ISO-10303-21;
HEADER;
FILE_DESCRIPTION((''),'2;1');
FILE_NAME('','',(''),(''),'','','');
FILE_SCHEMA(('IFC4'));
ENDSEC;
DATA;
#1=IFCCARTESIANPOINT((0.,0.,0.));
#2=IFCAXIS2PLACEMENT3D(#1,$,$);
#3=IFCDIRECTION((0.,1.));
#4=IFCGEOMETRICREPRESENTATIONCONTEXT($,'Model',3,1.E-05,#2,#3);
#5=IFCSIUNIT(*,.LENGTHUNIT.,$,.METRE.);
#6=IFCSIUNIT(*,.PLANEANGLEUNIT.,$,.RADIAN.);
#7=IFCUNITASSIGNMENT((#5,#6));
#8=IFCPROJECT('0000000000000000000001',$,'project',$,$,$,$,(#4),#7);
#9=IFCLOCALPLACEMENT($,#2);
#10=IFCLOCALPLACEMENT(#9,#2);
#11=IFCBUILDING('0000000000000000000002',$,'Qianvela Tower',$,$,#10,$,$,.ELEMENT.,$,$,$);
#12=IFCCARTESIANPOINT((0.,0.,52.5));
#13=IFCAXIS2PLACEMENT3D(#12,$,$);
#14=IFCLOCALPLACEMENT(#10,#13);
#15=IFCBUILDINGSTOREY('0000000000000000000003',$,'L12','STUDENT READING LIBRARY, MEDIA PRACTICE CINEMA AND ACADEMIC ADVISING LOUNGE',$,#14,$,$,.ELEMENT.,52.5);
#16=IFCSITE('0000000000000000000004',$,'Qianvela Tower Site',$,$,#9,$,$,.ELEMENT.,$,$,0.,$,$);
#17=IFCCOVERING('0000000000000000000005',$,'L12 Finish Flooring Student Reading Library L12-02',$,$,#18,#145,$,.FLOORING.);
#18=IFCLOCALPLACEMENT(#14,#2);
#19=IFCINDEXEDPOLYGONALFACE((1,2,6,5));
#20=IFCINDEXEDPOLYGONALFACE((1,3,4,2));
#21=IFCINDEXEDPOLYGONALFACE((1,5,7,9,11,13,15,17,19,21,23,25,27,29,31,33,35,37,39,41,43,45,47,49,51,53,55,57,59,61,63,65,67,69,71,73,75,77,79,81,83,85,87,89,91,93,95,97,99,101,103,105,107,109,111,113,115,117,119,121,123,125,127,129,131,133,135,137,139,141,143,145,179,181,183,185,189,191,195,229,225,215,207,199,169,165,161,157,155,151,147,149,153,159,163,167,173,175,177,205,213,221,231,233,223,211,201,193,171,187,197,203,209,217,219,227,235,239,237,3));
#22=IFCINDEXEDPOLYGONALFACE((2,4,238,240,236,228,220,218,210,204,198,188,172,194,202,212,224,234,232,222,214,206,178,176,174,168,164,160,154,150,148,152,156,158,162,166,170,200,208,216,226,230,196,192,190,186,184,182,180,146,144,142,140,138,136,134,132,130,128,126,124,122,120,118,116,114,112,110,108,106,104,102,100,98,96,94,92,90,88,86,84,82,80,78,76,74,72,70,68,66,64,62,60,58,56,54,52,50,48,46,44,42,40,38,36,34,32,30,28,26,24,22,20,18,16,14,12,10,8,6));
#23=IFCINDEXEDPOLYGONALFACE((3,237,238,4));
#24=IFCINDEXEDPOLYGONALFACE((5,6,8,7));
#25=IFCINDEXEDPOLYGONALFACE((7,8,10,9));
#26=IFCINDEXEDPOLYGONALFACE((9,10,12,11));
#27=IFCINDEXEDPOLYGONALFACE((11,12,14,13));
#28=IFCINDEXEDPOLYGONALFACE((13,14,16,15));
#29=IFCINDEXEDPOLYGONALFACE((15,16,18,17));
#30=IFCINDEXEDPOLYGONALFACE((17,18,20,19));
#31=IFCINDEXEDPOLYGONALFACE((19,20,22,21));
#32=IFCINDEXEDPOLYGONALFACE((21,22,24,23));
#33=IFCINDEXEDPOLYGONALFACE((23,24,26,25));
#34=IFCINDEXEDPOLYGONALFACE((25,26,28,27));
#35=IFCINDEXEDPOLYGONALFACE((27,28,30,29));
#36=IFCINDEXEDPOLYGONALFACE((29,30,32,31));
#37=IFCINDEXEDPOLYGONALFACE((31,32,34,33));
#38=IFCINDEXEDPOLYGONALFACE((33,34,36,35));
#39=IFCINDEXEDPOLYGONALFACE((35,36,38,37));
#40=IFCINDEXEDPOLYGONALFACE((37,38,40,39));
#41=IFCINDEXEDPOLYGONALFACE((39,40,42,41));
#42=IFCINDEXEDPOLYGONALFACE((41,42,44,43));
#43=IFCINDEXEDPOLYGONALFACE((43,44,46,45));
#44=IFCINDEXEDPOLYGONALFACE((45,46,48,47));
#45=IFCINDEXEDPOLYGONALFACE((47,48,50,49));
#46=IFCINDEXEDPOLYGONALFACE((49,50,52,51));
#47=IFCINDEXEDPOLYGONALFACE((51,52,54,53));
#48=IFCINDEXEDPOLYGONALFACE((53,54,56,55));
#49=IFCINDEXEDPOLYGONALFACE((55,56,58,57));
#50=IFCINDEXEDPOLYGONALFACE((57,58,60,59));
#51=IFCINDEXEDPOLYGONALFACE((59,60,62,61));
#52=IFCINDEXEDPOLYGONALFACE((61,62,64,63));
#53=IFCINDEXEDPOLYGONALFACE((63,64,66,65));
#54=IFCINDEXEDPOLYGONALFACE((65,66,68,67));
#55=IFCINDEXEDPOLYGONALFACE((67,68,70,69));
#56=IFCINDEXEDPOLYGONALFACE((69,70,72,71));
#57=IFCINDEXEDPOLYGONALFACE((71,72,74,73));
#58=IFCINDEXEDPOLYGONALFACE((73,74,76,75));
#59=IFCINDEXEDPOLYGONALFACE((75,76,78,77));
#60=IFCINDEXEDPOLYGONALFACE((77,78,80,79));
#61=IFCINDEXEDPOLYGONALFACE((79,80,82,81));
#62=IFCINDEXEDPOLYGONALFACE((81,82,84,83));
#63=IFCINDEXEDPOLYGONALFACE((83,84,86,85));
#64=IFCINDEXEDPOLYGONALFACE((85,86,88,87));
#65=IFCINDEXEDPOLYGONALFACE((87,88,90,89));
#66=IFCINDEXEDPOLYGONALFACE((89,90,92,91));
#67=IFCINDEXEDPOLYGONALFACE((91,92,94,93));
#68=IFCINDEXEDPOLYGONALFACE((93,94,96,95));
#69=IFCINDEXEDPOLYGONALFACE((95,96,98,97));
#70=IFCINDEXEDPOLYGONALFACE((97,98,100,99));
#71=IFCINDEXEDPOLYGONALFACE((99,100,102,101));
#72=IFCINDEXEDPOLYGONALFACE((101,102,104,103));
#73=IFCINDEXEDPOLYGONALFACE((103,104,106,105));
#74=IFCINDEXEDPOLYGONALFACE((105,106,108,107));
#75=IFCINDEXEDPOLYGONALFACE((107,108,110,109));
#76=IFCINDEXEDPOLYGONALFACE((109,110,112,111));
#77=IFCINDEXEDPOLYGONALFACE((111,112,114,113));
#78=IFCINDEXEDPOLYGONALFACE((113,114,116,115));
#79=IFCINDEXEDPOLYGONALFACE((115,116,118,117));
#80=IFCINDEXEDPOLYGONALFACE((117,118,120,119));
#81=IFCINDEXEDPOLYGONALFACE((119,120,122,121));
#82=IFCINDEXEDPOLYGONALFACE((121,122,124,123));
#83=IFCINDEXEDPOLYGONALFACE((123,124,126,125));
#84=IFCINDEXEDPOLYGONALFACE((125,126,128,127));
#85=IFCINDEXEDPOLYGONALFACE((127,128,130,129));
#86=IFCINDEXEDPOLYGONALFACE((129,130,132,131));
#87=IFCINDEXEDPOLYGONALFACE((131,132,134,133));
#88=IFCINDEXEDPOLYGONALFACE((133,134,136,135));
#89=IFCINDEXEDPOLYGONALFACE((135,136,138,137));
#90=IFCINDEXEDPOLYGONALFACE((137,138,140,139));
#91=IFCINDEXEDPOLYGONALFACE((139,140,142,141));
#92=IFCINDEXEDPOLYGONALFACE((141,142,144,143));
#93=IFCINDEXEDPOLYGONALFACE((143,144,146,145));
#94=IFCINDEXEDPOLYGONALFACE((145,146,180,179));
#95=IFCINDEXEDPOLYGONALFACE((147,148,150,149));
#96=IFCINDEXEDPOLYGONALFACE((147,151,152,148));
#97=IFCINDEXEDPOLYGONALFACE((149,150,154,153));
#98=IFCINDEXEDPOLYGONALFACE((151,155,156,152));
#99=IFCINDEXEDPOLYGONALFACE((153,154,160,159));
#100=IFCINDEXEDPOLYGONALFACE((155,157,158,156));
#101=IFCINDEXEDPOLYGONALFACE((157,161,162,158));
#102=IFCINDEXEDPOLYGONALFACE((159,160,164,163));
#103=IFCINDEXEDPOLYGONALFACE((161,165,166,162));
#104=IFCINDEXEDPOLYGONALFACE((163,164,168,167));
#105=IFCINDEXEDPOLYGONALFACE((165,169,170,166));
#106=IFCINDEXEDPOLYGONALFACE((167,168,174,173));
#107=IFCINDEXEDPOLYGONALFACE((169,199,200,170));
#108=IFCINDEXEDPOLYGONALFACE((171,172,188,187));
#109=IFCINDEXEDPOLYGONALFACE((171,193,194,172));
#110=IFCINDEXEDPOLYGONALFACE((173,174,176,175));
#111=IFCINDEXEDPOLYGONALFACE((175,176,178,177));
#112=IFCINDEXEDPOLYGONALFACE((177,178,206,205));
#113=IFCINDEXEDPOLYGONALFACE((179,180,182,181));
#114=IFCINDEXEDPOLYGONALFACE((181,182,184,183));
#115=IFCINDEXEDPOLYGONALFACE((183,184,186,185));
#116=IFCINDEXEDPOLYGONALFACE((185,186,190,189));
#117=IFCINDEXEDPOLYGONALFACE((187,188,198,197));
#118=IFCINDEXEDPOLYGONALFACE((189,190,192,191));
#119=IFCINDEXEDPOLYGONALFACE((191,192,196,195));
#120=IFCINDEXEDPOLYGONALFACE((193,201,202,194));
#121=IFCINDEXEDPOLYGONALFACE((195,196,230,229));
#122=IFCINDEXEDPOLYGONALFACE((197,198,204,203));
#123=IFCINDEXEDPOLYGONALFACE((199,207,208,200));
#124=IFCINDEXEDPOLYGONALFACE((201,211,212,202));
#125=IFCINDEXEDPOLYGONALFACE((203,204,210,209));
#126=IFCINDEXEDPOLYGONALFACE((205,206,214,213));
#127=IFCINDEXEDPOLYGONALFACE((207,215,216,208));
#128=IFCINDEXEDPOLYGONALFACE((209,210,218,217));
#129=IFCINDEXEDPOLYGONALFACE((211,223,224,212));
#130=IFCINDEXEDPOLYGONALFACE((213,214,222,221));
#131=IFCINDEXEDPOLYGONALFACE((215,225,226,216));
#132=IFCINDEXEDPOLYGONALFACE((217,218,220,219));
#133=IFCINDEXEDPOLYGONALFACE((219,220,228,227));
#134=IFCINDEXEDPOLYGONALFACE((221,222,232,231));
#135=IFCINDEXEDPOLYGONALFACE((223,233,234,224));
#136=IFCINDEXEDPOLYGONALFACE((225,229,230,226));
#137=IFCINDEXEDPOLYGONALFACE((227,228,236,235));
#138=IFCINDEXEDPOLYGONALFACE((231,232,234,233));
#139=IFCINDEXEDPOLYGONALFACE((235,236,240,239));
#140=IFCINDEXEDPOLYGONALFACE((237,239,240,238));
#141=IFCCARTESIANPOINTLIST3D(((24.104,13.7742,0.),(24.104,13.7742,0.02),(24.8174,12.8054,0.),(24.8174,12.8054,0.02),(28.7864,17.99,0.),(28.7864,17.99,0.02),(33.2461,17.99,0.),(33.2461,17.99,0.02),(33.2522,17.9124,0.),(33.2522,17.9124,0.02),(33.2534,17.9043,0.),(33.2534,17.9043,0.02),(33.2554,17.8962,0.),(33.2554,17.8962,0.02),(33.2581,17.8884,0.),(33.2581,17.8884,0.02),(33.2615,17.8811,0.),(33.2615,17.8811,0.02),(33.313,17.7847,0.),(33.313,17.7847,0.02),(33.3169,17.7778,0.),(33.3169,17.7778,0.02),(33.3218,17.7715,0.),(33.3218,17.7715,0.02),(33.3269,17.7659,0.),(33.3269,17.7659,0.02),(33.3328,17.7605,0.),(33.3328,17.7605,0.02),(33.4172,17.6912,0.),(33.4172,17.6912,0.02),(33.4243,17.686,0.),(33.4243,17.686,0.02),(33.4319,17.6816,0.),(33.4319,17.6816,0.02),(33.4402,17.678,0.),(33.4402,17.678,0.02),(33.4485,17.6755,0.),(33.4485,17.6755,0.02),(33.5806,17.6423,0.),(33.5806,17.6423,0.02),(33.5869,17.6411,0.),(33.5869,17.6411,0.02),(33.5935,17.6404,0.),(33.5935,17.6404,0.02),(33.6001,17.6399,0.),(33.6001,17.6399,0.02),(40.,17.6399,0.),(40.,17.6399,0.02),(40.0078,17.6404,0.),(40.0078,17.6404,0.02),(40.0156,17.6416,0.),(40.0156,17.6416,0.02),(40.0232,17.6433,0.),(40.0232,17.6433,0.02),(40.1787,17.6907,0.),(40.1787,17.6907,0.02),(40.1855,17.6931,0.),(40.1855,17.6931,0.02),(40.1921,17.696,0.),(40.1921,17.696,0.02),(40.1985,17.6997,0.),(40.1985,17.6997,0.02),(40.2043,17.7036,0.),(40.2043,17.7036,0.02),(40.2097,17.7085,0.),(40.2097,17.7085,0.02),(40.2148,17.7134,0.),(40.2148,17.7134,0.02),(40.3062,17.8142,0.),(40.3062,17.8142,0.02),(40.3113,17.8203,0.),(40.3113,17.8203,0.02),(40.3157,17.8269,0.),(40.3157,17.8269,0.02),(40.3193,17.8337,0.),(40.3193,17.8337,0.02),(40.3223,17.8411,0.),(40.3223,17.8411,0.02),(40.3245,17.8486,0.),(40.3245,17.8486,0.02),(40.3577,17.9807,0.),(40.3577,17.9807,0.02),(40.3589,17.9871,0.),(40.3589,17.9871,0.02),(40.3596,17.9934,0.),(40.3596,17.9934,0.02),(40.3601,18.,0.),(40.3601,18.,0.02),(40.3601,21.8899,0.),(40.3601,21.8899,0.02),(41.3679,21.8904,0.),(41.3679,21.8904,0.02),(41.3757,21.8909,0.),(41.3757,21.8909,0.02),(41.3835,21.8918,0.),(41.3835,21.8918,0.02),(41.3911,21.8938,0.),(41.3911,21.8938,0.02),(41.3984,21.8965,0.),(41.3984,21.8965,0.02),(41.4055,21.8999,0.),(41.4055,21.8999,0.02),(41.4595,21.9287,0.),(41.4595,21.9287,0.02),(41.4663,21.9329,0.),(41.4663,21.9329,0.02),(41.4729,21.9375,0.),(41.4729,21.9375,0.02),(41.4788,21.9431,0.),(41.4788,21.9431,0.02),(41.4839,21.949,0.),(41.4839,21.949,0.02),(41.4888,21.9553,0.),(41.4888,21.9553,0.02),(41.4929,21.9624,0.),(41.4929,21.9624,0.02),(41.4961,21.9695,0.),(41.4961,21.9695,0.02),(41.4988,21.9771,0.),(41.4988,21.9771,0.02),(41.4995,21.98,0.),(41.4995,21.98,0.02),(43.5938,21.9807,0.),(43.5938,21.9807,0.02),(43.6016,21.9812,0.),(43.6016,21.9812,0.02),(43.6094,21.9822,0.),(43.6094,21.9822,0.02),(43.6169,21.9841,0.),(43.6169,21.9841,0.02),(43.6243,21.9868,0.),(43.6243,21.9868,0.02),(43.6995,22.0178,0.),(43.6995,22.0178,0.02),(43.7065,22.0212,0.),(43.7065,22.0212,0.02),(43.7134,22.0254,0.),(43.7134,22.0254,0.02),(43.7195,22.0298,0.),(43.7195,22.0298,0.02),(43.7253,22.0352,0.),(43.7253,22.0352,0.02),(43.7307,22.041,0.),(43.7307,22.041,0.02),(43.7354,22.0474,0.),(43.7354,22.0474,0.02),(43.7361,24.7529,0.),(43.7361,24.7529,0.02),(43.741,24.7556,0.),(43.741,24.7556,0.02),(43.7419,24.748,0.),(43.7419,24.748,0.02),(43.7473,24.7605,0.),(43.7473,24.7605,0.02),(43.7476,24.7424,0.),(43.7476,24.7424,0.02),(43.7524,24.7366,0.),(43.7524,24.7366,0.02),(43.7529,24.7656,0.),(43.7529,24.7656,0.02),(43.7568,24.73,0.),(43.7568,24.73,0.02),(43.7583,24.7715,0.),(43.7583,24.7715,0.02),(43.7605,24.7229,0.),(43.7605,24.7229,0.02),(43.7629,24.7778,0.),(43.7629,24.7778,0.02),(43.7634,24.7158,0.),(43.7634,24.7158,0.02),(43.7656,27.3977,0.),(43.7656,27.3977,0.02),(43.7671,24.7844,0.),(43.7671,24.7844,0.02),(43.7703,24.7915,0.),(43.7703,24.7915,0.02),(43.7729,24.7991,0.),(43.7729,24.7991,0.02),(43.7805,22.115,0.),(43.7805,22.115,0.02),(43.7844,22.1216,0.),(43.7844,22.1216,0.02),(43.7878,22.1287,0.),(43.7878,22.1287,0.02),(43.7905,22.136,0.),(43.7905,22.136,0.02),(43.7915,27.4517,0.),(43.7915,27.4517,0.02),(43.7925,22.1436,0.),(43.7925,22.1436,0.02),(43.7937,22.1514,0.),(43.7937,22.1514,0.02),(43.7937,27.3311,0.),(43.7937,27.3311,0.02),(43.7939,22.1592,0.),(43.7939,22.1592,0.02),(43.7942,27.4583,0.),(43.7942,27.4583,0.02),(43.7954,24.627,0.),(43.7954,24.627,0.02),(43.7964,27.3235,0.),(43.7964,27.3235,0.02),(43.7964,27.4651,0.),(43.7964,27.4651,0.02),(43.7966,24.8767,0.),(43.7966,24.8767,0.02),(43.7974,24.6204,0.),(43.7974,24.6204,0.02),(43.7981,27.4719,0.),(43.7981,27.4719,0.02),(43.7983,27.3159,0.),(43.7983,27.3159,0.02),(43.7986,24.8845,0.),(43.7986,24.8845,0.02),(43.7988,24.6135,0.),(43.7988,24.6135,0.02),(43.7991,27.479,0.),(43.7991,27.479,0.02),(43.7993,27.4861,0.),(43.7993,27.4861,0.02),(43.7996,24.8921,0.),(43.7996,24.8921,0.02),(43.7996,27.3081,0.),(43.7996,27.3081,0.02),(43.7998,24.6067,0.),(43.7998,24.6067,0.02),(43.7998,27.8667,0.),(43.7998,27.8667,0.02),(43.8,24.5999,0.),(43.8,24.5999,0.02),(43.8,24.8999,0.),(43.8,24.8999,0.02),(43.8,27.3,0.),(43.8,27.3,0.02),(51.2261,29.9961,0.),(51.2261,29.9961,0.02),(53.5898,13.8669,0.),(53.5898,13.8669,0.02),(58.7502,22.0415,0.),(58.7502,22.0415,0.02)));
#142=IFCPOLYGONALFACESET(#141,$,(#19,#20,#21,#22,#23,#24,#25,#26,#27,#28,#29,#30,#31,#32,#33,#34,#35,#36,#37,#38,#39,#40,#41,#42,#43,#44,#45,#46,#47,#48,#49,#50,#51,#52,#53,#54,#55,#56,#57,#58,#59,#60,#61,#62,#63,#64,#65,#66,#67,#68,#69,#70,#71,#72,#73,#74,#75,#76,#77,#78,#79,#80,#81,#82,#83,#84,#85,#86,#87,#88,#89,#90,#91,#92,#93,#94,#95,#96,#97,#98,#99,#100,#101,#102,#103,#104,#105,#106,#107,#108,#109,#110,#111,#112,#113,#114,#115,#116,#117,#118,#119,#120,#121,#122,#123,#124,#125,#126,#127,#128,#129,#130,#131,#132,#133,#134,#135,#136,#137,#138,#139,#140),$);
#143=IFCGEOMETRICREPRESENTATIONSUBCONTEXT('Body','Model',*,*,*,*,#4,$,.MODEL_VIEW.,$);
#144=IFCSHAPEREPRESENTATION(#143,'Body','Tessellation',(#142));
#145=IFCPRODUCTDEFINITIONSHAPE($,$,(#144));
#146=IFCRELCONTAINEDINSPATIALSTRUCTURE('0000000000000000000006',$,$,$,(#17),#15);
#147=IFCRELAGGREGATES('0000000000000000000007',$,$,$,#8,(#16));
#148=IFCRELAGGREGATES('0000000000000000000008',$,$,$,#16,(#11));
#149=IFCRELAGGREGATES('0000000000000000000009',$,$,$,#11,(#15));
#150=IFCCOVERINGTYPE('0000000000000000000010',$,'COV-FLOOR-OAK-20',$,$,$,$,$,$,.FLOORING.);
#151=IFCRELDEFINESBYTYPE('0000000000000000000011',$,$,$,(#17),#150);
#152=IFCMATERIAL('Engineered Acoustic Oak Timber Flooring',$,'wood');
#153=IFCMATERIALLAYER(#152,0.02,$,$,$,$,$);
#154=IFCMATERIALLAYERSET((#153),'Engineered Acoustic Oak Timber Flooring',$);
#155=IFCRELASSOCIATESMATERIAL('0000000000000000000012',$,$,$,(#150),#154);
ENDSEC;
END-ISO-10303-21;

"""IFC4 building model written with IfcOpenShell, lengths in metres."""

from ifc_helpers import new_model, si_unit, direction, frame, origin, place, context, subcontext, project, spatial, polyline, outline, extrude, material, layer, layer_set, type_object, element, save


model = new_model("IFC4")

# Units and contexts
model_context = context("Model", 3, precision=1e-05, world=origin(), true_north=direction((0.0, 1.0)))
body_context = subcontext(model_context, "Body", "Model", "MODEL_VIEW")
ifc_project = project(units=[si_unit("LENGTHUNIT", "METRE"), si_unit("PLANEANGLEUNIT", "RADIAN")], contexts=[model_context])

# Site, building, storey
site_placement = place(None, origin())
site = spatial("IfcSite", under=ifc_project, at=site_placement, Name="Qianvela Tower Site", CompositionType="ELEMENT", RefElevation=0.0)
building_placement = place(site_placement, origin())
building = spatial("IfcBuilding", under=site, at=building_placement, Name="Qianvela Tower", CompositionType="ELEMENT")
storey_placement = place(building_placement, frame((0.0, 0.0, 52.5)))
storey = spatial("IfcBuildingStorey", under=building, at=storey_placement, Name="L12", Description="STUDENT READING LIBRARY, MEDIA PRACTICE CINEMA AND ACADEMIC ADVISING LOUNGE", CompositionType="ELEMENT", Elevation=52.5)

# Covering
ifc_material_1 = material(Name="Engineered Acoustic Oak Timber Flooring", Category="wood")
ifc_layer_1 = layer(ifc_material_1, 0.02)
ifc_layer_set_1 = layer_set([ifc_layer_1], Name="Engineered Acoustic Oak Timber Flooring")
covering_type_1 = type_object("IfcCoveringType", Name="COV-FLOOR-OAK-20", PredefinedType="FLOORING", material=ifc_layer_set_1)
covering_1_placement = place(storey_placement, origin())
element("IfcCovering", 1, at=covering_1_placement, inside=storey, type_object=covering_type_1, Name="L12 Finish Flooring Student Reading Library L12-02", PredefinedType="FLOORING", context=body_context, shape_type="SweptSolid", body=[
    extrude(outline(polyline([(24.104, 13.7742), (28.7864, 17.99), (33.2461, 17.99), (33.2522, 17.9124), (33.2534, 17.9043), (33.2554, 17.8962), (33.2581, 17.8884), (33.2615, 17.8811), (33.313, 17.7847), (33.3169, 17.7778), (33.3218, 17.7715), (33.3269, 17.7659), (33.3328, 17.7605), (33.4172, 17.6912), (33.4243, 17.686), (33.4319, 17.6816), (33.4402, 17.678), (33.4485, 17.6755), (33.5806, 17.6423), (33.5869, 17.6411), (33.5935, 17.6404), (33.6001, 17.6399), (40.0, 17.6399), (40.0078, 17.6404), (40.0156, 17.6416), (40.0232, 17.6433), (40.1787, 17.6907), (40.1855, 17.6931), (40.1921, 17.696), (40.1985, 17.6997), (40.2043, 17.7036), (40.2097, 17.7085), (40.2148, 17.7134), (40.3062, 17.8142), (40.3113, 17.8203), (40.3157, 17.8269), (40.3193, 17.8337), (40.3223, 17.8411), (40.3245, 17.8486), (40.3577, 17.9807), (40.3589, 17.9871), (40.3596, 17.9934), (40.3601, 18.0), (40.3601, 21.8899), (41.3679, 21.8904), (41.3757, 21.8909), (41.3835, 21.8918), (41.3911, 21.8938), (41.3984, 21.8965), (41.4055, 21.8999), (41.4595, 21.9287), (41.4663, 21.9329), (41.4729, 21.9375), (41.4788, 21.9431), (41.4839, 21.949), (41.4888, 21.9553), (41.4929, 21.9624), (41.4961, 21.9695), (41.4988, 21.9771), (41.4995, 21.98), (43.5938, 21.9807), (43.6016, 21.9812), (43.6094, 21.9822), (43.6169, 21.9841), (43.6243, 21.9868), (43.6995, 22.0178), (43.7065, 22.0212), (43.7134, 22.0254), (43.7195, 22.0298), (43.7253, 22.0352), (43.7307, 22.041), (43.7354, 22.0474), (43.7805, 22.115), (43.7844, 22.1216), (43.7878, 22.1287), (43.7905, 22.136), (43.7925, 22.1436), (43.7937, 22.1514), (43.7939, 22.1592), (43.8, 24.5999), (43.7998, 24.6067), (43.7988, 24.6135), (43.7974, 24.6204), (43.7954, 24.627), (43.7634, 24.7158), (43.7605, 24.7229), (43.7568, 24.73), (43.7524, 24.7366), (43.7476, 24.7424), (43.7419, 24.748), (43.7361, 24.7529), (43.741, 24.7556), (43.7473, 24.7605), (43.7529, 24.7656), (43.7583, 24.7715), (43.7629, 24.7778), (43.7671, 24.7844), (43.7703, 24.7915), (43.7729, 24.7991), (43.7966, 24.8767), (43.7986, 24.8845), (43.7996, 24.8921), (43.8, 24.8999), (43.8, 27.3), (43.7996, 27.3081), (43.7983, 27.3159), (43.7964, 27.3235), (43.7937, 27.3311), (43.7656, 27.3977), (43.7915, 27.4517), (43.7942, 27.4583), (43.7964, 27.4651), (43.7981, 27.4719), (43.7991, 27.479), (43.7993, 27.4861), (43.7998, 27.8667), (51.2261, 29.9961), (58.7502, 22.0415), (53.5898, 13.8669), (24.8174, 12.8054), (24.104, 13.7742)])), origin(), (0.0, 0.0, 1.0), 0.02),
])

save(model, "model.ifc")
